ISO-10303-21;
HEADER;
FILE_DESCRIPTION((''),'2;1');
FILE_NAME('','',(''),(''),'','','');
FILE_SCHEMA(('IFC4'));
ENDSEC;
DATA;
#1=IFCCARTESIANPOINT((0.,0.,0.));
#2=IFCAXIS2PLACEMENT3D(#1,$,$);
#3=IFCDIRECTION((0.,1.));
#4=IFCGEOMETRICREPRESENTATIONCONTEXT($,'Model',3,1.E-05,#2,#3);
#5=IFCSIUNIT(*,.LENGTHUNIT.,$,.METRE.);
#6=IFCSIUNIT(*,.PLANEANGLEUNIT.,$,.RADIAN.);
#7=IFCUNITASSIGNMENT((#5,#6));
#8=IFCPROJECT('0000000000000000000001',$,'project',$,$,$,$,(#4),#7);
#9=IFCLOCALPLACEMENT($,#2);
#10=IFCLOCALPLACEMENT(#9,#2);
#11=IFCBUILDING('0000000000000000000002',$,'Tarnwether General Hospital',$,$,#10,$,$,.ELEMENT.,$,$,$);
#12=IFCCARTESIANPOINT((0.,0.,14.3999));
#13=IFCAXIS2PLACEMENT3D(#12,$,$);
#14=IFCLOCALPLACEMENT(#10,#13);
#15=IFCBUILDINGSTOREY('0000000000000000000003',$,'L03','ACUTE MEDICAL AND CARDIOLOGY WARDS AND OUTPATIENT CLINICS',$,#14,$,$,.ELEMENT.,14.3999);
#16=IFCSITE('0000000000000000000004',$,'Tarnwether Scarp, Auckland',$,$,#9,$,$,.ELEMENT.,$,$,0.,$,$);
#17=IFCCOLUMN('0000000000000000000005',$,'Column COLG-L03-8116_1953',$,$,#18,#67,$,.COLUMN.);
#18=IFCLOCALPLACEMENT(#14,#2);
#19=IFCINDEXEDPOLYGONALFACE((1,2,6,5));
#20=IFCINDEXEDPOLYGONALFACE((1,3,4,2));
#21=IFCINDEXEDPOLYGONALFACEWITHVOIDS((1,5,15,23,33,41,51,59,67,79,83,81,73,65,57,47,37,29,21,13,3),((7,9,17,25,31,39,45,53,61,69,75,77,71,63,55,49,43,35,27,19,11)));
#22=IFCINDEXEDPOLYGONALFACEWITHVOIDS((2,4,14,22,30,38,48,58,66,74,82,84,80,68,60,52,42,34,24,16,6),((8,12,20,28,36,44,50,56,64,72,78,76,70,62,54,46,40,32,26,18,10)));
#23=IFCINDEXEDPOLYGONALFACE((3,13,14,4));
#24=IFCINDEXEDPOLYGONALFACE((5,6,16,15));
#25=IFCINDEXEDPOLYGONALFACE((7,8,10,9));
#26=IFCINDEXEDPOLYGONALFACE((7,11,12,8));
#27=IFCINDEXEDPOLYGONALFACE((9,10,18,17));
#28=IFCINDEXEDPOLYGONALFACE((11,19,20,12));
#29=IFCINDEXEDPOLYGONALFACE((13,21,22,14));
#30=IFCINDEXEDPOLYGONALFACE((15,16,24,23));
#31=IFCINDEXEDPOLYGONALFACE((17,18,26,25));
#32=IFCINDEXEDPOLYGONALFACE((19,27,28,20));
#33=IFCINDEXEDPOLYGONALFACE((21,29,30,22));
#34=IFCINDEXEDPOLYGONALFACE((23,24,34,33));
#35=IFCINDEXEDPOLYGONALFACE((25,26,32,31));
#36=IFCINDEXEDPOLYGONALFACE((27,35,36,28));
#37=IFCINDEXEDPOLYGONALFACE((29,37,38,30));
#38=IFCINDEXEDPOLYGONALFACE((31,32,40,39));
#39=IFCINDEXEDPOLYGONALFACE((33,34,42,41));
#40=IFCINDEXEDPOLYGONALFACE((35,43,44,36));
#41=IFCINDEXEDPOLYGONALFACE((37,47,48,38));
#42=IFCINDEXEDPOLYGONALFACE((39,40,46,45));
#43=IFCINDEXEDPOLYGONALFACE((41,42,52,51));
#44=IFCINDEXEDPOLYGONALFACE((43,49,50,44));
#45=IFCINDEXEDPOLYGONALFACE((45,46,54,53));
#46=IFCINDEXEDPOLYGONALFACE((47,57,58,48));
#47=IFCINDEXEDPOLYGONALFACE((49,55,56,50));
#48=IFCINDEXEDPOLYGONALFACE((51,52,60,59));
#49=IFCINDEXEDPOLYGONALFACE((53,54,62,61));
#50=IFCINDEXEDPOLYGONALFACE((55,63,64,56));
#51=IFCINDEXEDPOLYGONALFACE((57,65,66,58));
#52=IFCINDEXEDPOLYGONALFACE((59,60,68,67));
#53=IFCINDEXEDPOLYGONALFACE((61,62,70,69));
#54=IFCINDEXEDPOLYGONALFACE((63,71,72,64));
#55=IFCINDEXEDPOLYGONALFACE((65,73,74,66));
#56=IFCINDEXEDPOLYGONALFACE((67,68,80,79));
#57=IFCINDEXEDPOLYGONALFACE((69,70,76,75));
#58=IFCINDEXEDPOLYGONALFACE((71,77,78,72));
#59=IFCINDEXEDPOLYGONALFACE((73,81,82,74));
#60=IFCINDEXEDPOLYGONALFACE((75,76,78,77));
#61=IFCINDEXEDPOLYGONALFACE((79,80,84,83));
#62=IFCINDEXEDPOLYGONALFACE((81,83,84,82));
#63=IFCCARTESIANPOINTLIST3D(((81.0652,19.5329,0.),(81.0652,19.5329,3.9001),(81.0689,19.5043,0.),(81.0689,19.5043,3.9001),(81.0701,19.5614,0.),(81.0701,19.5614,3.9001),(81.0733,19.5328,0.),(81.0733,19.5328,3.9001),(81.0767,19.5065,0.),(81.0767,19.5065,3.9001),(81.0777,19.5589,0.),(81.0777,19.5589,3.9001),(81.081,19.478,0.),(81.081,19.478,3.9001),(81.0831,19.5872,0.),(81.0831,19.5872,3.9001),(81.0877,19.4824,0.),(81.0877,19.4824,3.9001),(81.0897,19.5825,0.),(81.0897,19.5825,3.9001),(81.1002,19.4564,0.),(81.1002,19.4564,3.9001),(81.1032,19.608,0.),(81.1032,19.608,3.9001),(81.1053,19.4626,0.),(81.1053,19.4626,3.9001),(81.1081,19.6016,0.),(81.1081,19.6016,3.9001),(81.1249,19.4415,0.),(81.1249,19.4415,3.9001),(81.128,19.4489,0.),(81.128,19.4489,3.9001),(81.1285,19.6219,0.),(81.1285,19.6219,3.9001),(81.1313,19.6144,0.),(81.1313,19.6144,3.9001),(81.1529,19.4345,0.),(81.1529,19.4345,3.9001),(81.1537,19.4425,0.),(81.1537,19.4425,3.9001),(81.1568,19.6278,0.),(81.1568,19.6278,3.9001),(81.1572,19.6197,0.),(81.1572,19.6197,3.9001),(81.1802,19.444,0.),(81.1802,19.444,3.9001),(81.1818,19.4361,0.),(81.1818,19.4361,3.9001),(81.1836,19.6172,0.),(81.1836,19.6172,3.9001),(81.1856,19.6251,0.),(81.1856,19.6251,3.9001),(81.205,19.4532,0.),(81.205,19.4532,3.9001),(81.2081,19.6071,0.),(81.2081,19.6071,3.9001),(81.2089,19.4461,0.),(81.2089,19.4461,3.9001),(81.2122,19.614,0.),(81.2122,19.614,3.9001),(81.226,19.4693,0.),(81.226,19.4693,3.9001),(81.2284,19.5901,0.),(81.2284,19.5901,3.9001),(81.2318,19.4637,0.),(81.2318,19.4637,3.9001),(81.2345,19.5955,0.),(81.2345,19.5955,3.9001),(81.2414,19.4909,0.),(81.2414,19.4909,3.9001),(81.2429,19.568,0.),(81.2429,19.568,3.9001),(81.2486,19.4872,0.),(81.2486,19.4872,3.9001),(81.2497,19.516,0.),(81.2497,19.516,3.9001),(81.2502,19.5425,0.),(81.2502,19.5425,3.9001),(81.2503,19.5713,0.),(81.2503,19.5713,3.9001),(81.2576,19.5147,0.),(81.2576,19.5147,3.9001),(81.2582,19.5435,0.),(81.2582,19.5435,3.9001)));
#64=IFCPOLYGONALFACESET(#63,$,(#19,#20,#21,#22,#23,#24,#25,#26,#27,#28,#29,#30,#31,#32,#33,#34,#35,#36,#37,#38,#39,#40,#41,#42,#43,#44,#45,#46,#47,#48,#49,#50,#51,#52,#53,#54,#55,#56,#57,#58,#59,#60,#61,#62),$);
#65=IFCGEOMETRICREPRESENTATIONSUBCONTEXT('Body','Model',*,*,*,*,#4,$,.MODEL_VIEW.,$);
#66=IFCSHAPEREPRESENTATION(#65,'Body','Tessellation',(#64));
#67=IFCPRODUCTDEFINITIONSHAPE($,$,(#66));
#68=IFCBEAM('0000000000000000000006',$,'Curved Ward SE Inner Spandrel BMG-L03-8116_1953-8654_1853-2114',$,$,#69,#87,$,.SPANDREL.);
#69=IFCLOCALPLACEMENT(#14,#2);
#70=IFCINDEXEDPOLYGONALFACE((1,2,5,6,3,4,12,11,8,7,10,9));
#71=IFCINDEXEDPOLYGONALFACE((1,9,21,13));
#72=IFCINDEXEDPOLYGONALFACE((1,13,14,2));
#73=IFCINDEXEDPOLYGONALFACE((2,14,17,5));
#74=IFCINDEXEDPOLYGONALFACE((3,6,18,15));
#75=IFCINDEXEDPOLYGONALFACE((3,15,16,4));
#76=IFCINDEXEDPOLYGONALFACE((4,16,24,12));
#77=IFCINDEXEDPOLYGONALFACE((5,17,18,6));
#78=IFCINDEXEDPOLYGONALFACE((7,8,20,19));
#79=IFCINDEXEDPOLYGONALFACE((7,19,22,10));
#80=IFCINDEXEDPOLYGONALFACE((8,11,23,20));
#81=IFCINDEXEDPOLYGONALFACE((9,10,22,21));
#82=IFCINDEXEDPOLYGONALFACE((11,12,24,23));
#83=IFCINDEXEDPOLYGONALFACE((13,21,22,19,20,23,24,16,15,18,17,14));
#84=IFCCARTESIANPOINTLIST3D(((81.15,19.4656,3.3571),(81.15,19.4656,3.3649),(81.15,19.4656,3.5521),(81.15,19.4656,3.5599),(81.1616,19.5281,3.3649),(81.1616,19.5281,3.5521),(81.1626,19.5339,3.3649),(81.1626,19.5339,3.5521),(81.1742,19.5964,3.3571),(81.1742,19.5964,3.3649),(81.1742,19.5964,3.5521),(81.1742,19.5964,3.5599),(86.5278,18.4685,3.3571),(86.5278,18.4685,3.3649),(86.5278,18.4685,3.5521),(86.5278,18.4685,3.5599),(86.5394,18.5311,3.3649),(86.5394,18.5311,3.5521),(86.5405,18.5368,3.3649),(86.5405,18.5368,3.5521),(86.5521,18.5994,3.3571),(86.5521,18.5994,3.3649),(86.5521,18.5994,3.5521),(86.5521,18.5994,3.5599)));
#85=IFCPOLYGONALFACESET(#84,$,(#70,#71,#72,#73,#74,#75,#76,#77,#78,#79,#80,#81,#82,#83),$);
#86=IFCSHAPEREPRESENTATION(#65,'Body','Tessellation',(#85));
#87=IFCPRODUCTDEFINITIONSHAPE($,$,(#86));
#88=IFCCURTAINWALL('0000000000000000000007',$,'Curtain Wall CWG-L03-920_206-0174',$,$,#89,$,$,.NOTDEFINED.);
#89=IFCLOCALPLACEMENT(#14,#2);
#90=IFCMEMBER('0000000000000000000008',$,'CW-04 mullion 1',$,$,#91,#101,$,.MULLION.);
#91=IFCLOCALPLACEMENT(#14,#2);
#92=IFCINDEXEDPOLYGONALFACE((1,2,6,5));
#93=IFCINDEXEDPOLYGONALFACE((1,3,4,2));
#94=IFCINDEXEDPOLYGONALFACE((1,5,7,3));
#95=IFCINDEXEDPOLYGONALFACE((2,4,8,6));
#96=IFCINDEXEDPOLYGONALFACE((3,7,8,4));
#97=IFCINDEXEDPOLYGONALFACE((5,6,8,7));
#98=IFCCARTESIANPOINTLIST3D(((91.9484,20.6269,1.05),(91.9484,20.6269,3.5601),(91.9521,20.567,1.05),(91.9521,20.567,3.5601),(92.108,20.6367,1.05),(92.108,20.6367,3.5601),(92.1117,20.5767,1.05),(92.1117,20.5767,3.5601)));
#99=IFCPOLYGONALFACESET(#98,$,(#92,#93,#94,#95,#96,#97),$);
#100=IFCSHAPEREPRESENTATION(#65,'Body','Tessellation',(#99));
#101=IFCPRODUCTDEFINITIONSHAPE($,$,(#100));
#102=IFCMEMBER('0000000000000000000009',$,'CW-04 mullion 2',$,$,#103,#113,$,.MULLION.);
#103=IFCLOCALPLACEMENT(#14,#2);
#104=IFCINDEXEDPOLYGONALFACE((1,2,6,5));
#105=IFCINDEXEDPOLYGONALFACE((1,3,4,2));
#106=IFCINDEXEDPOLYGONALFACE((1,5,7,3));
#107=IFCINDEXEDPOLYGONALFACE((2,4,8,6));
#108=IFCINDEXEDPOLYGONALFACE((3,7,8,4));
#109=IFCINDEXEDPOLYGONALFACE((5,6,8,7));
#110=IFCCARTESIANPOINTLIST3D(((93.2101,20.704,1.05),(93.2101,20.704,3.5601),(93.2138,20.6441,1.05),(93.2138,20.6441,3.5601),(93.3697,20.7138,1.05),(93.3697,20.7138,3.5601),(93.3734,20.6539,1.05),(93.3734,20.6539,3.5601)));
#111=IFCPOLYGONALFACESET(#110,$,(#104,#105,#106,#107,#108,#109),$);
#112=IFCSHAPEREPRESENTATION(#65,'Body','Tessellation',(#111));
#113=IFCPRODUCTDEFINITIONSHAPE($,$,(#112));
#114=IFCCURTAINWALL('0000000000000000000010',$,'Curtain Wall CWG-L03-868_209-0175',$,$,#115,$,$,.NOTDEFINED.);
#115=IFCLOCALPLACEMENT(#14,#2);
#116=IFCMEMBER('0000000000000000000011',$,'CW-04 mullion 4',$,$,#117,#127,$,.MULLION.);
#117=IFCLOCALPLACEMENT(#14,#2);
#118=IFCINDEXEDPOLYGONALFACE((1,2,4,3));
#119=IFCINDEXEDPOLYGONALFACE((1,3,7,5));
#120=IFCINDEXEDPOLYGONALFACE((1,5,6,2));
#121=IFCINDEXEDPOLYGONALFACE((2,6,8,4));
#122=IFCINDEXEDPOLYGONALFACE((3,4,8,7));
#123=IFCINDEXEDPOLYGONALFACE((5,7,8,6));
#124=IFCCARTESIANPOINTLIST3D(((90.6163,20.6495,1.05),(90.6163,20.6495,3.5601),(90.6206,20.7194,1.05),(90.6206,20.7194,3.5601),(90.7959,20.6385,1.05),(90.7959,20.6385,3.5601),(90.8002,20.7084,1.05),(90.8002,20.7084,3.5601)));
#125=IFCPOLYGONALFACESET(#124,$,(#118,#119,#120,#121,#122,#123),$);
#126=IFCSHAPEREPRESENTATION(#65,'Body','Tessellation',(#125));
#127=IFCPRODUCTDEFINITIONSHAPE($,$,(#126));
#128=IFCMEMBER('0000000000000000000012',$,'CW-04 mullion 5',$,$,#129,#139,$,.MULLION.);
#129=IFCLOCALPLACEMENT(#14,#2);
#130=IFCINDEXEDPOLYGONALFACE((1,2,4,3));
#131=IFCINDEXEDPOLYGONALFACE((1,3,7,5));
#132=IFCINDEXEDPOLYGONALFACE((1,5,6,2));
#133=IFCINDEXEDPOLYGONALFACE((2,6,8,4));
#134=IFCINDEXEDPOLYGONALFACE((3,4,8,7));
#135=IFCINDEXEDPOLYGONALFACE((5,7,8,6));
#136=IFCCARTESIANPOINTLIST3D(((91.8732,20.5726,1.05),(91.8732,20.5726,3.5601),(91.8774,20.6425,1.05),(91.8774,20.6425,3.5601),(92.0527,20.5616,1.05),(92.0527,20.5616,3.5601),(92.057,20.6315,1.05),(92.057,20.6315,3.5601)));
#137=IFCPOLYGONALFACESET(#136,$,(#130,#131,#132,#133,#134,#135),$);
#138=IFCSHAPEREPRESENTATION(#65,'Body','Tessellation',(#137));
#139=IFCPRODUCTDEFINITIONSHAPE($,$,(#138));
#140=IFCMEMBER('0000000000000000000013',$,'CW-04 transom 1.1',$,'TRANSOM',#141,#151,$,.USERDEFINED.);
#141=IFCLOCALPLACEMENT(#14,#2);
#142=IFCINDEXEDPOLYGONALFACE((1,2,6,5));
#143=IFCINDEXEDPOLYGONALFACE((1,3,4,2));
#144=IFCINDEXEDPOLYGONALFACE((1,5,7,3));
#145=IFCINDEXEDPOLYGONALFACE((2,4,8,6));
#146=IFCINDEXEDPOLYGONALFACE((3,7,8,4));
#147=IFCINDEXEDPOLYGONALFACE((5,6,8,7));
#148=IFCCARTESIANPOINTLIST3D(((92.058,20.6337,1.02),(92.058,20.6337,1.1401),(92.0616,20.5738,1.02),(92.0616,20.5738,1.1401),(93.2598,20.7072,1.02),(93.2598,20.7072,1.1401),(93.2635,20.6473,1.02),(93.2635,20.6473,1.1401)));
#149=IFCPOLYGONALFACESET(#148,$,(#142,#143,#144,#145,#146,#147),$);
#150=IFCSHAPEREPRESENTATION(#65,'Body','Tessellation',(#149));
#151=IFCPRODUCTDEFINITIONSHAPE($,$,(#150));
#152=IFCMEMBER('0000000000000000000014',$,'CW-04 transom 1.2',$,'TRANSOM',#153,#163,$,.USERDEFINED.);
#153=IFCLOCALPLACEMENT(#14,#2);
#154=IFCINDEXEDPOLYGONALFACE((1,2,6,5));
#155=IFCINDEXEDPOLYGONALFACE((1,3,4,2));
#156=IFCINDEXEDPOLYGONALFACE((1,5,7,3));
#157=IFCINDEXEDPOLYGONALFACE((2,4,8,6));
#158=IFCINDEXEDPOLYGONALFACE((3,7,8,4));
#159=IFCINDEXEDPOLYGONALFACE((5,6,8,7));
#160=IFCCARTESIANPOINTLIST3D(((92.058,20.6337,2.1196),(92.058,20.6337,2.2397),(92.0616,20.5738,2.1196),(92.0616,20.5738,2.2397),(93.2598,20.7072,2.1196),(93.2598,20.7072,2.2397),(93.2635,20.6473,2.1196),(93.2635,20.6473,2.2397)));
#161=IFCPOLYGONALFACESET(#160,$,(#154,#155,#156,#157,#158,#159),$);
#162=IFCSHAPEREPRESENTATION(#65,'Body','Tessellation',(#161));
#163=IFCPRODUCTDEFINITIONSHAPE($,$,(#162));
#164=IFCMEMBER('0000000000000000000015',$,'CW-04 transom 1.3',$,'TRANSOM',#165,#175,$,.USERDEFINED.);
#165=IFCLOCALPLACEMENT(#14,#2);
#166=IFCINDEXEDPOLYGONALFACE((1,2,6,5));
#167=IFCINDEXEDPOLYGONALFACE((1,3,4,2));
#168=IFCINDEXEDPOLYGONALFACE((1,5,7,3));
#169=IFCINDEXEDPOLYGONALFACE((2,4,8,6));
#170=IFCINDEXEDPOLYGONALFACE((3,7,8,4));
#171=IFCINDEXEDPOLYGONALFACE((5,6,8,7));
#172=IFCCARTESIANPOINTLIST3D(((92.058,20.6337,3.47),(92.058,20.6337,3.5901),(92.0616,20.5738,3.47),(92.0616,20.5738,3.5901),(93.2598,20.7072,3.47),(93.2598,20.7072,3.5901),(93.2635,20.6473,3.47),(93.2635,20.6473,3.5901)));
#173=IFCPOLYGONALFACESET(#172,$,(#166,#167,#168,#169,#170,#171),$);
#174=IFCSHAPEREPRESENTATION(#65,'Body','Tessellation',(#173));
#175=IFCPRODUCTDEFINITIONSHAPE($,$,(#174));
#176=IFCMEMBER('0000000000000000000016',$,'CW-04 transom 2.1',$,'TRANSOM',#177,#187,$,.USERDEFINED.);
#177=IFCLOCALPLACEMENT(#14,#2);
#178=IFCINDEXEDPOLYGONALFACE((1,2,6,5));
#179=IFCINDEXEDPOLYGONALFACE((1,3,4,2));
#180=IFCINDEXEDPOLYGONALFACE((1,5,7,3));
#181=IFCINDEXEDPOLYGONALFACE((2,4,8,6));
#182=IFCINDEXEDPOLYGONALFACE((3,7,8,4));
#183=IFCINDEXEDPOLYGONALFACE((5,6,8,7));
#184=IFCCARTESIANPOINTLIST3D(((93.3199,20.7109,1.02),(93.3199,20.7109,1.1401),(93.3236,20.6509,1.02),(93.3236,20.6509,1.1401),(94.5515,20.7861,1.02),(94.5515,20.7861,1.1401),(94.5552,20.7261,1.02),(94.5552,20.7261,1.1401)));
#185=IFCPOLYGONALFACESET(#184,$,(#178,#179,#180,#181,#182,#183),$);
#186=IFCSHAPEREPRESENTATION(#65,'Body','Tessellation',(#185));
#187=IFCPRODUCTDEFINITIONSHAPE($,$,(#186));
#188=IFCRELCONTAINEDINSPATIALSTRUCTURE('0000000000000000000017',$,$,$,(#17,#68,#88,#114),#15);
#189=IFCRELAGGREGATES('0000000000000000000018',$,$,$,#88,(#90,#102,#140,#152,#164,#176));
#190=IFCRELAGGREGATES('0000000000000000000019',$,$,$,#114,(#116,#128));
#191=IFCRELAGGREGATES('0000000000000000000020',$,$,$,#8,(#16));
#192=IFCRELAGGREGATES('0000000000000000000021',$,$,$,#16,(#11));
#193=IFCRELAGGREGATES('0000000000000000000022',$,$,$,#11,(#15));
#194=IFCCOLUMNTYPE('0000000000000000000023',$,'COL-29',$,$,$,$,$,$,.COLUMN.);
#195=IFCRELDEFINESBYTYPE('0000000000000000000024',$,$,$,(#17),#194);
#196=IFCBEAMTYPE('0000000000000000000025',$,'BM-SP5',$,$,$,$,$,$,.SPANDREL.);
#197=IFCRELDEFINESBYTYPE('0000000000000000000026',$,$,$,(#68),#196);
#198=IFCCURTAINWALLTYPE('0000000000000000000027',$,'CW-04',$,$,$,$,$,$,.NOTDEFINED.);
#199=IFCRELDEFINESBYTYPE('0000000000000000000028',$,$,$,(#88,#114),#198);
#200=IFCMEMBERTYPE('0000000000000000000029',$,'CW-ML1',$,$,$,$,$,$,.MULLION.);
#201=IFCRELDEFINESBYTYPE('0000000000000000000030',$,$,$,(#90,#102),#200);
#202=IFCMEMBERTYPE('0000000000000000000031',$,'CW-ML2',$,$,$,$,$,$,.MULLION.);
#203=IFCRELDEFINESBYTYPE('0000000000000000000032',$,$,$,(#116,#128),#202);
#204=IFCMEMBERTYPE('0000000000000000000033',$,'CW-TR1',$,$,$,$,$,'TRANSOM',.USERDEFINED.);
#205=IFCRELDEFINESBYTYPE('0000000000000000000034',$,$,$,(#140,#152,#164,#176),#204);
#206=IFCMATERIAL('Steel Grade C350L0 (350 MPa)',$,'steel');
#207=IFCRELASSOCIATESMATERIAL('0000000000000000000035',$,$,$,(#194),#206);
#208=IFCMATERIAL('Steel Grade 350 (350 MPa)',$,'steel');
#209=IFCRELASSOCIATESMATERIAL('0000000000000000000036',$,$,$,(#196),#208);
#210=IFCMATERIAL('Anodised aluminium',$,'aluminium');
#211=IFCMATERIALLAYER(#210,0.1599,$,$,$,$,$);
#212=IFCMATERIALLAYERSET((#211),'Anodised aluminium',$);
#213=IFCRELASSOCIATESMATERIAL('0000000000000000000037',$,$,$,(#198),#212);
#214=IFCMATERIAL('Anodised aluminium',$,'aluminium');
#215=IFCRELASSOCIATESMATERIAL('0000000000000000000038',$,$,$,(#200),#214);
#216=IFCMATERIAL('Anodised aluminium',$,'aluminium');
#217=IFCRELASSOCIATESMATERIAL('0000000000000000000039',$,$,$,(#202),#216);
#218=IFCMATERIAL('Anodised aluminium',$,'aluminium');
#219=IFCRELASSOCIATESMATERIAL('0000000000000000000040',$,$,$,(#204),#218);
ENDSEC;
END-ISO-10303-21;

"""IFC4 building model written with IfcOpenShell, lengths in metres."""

from ifc_helpers import new_model, si_unit, direction, frame, origin, origin_2d, place, context, subcontext, project, spatial, rectangle, hollow_circle, i_section, extrude, material, layer, layer_set, material_profile, profile_set, type_object, element, aggregate, save


model = new_model("IFC4")

# Units and contexts
model_context = context("Model", 3, precision=1e-05, world=origin(), true_north=direction((0.0, 1.0)))
body_context = subcontext(model_context, "Body", "Model", "MODEL_VIEW")
ifc_project = project(units=[si_unit("LENGTHUNIT", "METRE"), si_unit("PLANEANGLEUNIT", "RADIAN")], contexts=[model_context])

# Site, building, storey
site_placement = place(None, origin())
site = spatial("IfcSite", under=ifc_project, at=site_placement, Name="Tarnwether Scarp, Auckland", CompositionType="ELEMENT", RefElevation=0.0)
building_placement = place(site_placement, origin())
building = spatial("IfcBuilding", under=site, at=building_placement, Name="Tarnwether General Hospital", CompositionType="ELEMENT")
storey_placement = place(building_placement, frame((0.0, 0.0, 14.3999)))
storey = spatial("IfcBuildingStorey", under=building, at=storey_placement, Name="L03", Description="ACUTE MEDICAL AND CARDIOLOGY WARDS AND OUTPATIENT CLINICS", CompositionType="ELEMENT", Elevation=14.3999)

# Column
ifc_material_1 = material(Name="Steel Grade C350L0 (350 MPa)", Category="steel")
ifc_material_profile_1 = material_profile(ifc_material_1, hollow_circle(Radius=0.0969, WallThickness=0.0081, at=origin_2d()), Name="CHS193.7x8.0")
ifc_profile_set_1 = profile_set([ifc_material_profile_1], Name="Steel Grade C350L0 (350 MPa)")
column_type = type_object("IfcColumnType", Name="COL-29", PredefinedType="COLUMN", material=ifc_profile_set_1)
column_placement = place(storey_placement, frame((81.1621, 19.531, 0.0), z_axis=(0.0, 0.0, 1.0), x_axis=(0.241922, 0.970296, 0.0)))
element("IfcColumn", 1, at=column_placement, inside=storey, type_object=column_type, Name="Column COLG-L03-8116_1953", PredefinedType="COLUMN", context=body_context, shape_type="SweptSolid", body=[
    extrude(hollow_circle(Radius=0.0969, WallThickness=0.0081, at=origin_2d()), origin(), (0.0, 0.0, 1.0), 3.9001),
])

# Beam
ifc_material_2 = material(Name="Steel Grade 350 (350 MPa)", Category="steel")
ifc_material_profile_2 = material_profile(ifc_material_2, i_section(OverallWidth=0.1331, OverallDepth=0.2029, WebThickness=0.0059, FlangeThickness=0.0078, at=origin_2d()), Name="200UB25.4")
ifc_profile_set_2 = profile_set([ifc_material_profile_2], Name="Steel Grade 350 (350 MPa)")
beam_type = type_object("IfcBeamType", Name="BM-SP5", PredefinedType="SPANDREL", material=ifc_profile_set_2)
beam_placement = place(storey_placement, frame((81.1621, 19.531, 3.4585), z_axis=(0.983244, -0.182294, 0.0), x_axis=(0.182294, 0.983244, 0.0)))
element("IfcBeam", 2, at=beam_placement, inside=storey, type_object=beam_type, Name="Curved Ward SE Inner Spandrel BMG-L03-8116_1953-8654_1853-2114", PredefinedType="SPANDREL", context=body_context, shape_type="SweptSolid", body=[
    extrude(i_section(OverallWidth=0.1331, OverallDepth=0.2029, WebThickness=0.0059, FlangeThickness=0.0078, at=origin_2d()), origin(), (0.0, 0.0, 1.0), 5.4695),
])

# Curtain walls, members
ifc_material_3 = material(Name="Anodised aluminium", Category="aluminium")
ifc_layer_1 = layer(ifc_material_3, 0.1599)
ifc_layer_set_1 = layer_set([ifc_layer_1], Name="Anodised aluminium")
curtain_wall_type = type_object("IfcCurtainWallType", Name="CW-04", PredefinedType="NOTDEFINED", material=ifc_layer_set_1)
curtain_wall_1_placement = place(storey_placement, origin())
curtain_wall_1 = element("IfcCurtainWall", 3, at=curtain_wall_1_placement, inside=storey, type_object=curtain_wall_type, Name="Curtain Wall CWG-L03-920_206-0174", PredefinedType="NOTDEFINED")
ifc_material_4 = material(Name="Anodised aluminium", Category="aluminium")
ifc_material_profile_3 = material_profile(ifc_material_4, rectangle(XDim=0.0601, YDim=0.1599, at=origin_2d()), Name="ALU-MUL-60x160")
ifc_profile_set_3 = profile_set([ifc_material_profile_3], Name="Anodised aluminium")
member_type_1 = type_object("IfcMemberType", Name="CW-ML1", PredefinedType="MULLION", material=ifc_profile_set_3)
member_1_placement = place(storey_placement, frame((92.03, 20.6018, 1.05), z_axis=(0.0, 0.0, 1.0), x_axis=(-0.061043, 0.998135, 0.0)))
member_1 = element("IfcMember", 4, at=member_1_placement, type_object=member_type_1, Name="CW-04 mullion 1", PredefinedType="MULLION", context=body_context, shape_type="SweptSolid", body=[
    extrude(rectangle(XDim=0.0601, YDim=0.1599, at=origin_2d()), origin(), (0.0, 0.0, 1.0), 2.51),
])
member_2_placement = place(storey_placement, frame((93.2917, 20.679, 1.05), z_axis=(0.0, 0.0, 1.0), x_axis=(-0.061043, 0.998135, 0.0)))
member_2 = element("IfcMember", 5, at=member_2_placement, type_object=member_type_1, Name="CW-04 mullion 2", PredefinedType="MULLION", context=body_context, shape_type="SweptSolid", body=[
    extrude(rectangle(XDim=0.0601, YDim=0.1599, at=origin_2d()), origin(), (0.0, 0.0, 1.0), 2.51),
])
curtain_wall_2_placement = place(storey_placement, origin())
curtain_wall_2 = element("IfcCurtainWall", 6, at=curtain_wall_2_placement, inside=storey, type_object=curtain_wall_type, Name="Curtain Wall CWG-L03-868_209-0175", PredefinedType="NOTDEFINED")
ifc_material_5 = material(Name="Anodised aluminium", Category="aluminium")
ifc_material_profile_4 = material_profile(ifc_material_5, rectangle(XDim=0.0701, YDim=0.1799, at=origin_2d()), Name="ALU-MUL-70x180")
ifc_profile_set_4 = profile_set([ifc_material_profile_4], Name="Anodised aluminium")
member_type_2 = type_object("IfcMemberType", Name="CW-ML2", PredefinedType="MULLION", material=ifc_profile_set_4)
member_3_placement = place(storey_placement, frame((90.7083, 20.679, 1.05), z_axis=(0.0, 0.0, 1.0), x_axis=(0.061043, 0.998135, 0.0)))
member_3 = element("IfcMember", 7, at=member_3_placement, type_object=member_type_2, Name="CW-04 mullion 4", PredefinedType="MULLION", context=body_context, shape_type="SweptSolid", body=[
    extrude(rectangle(XDim=0.0701, YDim=0.1799, at=origin_2d()), origin(), (0.0, 0.0, 1.0), 2.51),
])
member_4_placement = place(storey_placement, frame((91.9651, 20.6021, 1.05), z_axis=(0.0, 0.0, 1.0), x_axis=(0.061043, 0.998135, 0.0)))
member_4 = element("IfcMember", 8, at=member_4_placement, type_object=member_type_2, Name="CW-04 mullion 5", PredefinedType="MULLION", context=body_context, shape_type="SweptSolid", body=[
    extrude(rectangle(XDim=0.0701, YDim=0.1799, at=origin_2d()), origin(), (0.0, 0.0, 1.0), 2.51),
])

# Members
ifc_material_6 = material(Name="Anodised aluminium", Category="aluminium")
ifc_material_profile_5 = material_profile(ifc_material_6, rectangle(XDim=0.0601, YDim=0.1201, at=origin_2d()), Name="ALU-TRN-60x120")
ifc_profile_set_5 = profile_set([ifc_material_profile_5], Name="Anodised aluminium")
member_type_3 = type_object("IfcMemberType", Name="CW-TR1", ElementType="TRANSOM", PredefinedType="USERDEFINED", material=ifc_profile_set_5)
member_5_placement = place(storey_placement, frame((92.0598, 20.6038, 1.0801), z_axis=(0.998136, 0.061028, 0.0), x_axis=(-0.061028, 0.998136, 0.0)))
member_5 = element("IfcMember", 9, at=member_5_placement, type_object=member_type_3, Name="CW-04 transom 1.1", ObjectType="TRANSOM", PredefinedType="USERDEFINED", context=body_context, shape_type="SweptSolid", body=[
    extrude(rectangle(XDim=0.0601, YDim=0.1201, at=origin_2d()), origin(), (0.0, 0.0, 1.0), 1.2041),
])
member_6_placement = place(storey_placement, frame((92.0598, 20.6038, 2.1797), z_axis=(0.998136, 0.061028, 0.0), x_axis=(-0.061028, 0.998136, 0.0)))
member_6 = element("IfcMember", 10, at=member_6_placement, type_object=member_type_3, Name="CW-04 transom 1.2", ObjectType="TRANSOM", PredefinedType="USERDEFINED", context=body_context, shape_type="SweptSolid", body=[
    extrude(rectangle(XDim=0.0601, YDim=0.1201, at=origin_2d()), origin(), (0.0, 0.0, 1.0), 1.2041),
])
member_7_placement = place(storey_placement, frame((92.0598, 20.6038, 3.53), z_axis=(0.998136, 0.061028, 0.0), x_axis=(-0.061028, 0.998136, 0.0)))
member_7 = element("IfcMember", 11, at=member_7_placement, type_object=member_type_3, Name="CW-04 transom 1.3", ObjectType="TRANSOM", PredefinedType="USERDEFINED", context=body_context, shape_type="SweptSolid", body=[
    extrude(rectangle(XDim=0.0601, YDim=0.1201, at=origin_2d()), origin(), (0.0, 0.0, 1.0), 1.2041),
])
member_8_placement = place(storey_placement, frame((93.3218, 20.6809, 1.0801), z_axis=(0.998142, 0.060937, 0.0), x_axis=(-0.060937, 0.998142, 0.0)))
member_8 = element("IfcMember", 12, at=member_8_placement, type_object=member_type_3, Name="CW-04 transom 2.1", ObjectType="TRANSOM", PredefinedType="USERDEFINED", context=body_context, shape_type="SweptSolid", body=[
    extrude(rectangle(XDim=0.0601, YDim=0.1201, at=origin_2d()), origin(), (0.0, 0.0, 1.0), 1.2339),
])

aggregate(curtain_wall_1, [member_1, member_2, member_5, member_6, member_7, member_8])
aggregate(curtain_wall_2, [member_3, member_4])

save(model, "model.ifc")
